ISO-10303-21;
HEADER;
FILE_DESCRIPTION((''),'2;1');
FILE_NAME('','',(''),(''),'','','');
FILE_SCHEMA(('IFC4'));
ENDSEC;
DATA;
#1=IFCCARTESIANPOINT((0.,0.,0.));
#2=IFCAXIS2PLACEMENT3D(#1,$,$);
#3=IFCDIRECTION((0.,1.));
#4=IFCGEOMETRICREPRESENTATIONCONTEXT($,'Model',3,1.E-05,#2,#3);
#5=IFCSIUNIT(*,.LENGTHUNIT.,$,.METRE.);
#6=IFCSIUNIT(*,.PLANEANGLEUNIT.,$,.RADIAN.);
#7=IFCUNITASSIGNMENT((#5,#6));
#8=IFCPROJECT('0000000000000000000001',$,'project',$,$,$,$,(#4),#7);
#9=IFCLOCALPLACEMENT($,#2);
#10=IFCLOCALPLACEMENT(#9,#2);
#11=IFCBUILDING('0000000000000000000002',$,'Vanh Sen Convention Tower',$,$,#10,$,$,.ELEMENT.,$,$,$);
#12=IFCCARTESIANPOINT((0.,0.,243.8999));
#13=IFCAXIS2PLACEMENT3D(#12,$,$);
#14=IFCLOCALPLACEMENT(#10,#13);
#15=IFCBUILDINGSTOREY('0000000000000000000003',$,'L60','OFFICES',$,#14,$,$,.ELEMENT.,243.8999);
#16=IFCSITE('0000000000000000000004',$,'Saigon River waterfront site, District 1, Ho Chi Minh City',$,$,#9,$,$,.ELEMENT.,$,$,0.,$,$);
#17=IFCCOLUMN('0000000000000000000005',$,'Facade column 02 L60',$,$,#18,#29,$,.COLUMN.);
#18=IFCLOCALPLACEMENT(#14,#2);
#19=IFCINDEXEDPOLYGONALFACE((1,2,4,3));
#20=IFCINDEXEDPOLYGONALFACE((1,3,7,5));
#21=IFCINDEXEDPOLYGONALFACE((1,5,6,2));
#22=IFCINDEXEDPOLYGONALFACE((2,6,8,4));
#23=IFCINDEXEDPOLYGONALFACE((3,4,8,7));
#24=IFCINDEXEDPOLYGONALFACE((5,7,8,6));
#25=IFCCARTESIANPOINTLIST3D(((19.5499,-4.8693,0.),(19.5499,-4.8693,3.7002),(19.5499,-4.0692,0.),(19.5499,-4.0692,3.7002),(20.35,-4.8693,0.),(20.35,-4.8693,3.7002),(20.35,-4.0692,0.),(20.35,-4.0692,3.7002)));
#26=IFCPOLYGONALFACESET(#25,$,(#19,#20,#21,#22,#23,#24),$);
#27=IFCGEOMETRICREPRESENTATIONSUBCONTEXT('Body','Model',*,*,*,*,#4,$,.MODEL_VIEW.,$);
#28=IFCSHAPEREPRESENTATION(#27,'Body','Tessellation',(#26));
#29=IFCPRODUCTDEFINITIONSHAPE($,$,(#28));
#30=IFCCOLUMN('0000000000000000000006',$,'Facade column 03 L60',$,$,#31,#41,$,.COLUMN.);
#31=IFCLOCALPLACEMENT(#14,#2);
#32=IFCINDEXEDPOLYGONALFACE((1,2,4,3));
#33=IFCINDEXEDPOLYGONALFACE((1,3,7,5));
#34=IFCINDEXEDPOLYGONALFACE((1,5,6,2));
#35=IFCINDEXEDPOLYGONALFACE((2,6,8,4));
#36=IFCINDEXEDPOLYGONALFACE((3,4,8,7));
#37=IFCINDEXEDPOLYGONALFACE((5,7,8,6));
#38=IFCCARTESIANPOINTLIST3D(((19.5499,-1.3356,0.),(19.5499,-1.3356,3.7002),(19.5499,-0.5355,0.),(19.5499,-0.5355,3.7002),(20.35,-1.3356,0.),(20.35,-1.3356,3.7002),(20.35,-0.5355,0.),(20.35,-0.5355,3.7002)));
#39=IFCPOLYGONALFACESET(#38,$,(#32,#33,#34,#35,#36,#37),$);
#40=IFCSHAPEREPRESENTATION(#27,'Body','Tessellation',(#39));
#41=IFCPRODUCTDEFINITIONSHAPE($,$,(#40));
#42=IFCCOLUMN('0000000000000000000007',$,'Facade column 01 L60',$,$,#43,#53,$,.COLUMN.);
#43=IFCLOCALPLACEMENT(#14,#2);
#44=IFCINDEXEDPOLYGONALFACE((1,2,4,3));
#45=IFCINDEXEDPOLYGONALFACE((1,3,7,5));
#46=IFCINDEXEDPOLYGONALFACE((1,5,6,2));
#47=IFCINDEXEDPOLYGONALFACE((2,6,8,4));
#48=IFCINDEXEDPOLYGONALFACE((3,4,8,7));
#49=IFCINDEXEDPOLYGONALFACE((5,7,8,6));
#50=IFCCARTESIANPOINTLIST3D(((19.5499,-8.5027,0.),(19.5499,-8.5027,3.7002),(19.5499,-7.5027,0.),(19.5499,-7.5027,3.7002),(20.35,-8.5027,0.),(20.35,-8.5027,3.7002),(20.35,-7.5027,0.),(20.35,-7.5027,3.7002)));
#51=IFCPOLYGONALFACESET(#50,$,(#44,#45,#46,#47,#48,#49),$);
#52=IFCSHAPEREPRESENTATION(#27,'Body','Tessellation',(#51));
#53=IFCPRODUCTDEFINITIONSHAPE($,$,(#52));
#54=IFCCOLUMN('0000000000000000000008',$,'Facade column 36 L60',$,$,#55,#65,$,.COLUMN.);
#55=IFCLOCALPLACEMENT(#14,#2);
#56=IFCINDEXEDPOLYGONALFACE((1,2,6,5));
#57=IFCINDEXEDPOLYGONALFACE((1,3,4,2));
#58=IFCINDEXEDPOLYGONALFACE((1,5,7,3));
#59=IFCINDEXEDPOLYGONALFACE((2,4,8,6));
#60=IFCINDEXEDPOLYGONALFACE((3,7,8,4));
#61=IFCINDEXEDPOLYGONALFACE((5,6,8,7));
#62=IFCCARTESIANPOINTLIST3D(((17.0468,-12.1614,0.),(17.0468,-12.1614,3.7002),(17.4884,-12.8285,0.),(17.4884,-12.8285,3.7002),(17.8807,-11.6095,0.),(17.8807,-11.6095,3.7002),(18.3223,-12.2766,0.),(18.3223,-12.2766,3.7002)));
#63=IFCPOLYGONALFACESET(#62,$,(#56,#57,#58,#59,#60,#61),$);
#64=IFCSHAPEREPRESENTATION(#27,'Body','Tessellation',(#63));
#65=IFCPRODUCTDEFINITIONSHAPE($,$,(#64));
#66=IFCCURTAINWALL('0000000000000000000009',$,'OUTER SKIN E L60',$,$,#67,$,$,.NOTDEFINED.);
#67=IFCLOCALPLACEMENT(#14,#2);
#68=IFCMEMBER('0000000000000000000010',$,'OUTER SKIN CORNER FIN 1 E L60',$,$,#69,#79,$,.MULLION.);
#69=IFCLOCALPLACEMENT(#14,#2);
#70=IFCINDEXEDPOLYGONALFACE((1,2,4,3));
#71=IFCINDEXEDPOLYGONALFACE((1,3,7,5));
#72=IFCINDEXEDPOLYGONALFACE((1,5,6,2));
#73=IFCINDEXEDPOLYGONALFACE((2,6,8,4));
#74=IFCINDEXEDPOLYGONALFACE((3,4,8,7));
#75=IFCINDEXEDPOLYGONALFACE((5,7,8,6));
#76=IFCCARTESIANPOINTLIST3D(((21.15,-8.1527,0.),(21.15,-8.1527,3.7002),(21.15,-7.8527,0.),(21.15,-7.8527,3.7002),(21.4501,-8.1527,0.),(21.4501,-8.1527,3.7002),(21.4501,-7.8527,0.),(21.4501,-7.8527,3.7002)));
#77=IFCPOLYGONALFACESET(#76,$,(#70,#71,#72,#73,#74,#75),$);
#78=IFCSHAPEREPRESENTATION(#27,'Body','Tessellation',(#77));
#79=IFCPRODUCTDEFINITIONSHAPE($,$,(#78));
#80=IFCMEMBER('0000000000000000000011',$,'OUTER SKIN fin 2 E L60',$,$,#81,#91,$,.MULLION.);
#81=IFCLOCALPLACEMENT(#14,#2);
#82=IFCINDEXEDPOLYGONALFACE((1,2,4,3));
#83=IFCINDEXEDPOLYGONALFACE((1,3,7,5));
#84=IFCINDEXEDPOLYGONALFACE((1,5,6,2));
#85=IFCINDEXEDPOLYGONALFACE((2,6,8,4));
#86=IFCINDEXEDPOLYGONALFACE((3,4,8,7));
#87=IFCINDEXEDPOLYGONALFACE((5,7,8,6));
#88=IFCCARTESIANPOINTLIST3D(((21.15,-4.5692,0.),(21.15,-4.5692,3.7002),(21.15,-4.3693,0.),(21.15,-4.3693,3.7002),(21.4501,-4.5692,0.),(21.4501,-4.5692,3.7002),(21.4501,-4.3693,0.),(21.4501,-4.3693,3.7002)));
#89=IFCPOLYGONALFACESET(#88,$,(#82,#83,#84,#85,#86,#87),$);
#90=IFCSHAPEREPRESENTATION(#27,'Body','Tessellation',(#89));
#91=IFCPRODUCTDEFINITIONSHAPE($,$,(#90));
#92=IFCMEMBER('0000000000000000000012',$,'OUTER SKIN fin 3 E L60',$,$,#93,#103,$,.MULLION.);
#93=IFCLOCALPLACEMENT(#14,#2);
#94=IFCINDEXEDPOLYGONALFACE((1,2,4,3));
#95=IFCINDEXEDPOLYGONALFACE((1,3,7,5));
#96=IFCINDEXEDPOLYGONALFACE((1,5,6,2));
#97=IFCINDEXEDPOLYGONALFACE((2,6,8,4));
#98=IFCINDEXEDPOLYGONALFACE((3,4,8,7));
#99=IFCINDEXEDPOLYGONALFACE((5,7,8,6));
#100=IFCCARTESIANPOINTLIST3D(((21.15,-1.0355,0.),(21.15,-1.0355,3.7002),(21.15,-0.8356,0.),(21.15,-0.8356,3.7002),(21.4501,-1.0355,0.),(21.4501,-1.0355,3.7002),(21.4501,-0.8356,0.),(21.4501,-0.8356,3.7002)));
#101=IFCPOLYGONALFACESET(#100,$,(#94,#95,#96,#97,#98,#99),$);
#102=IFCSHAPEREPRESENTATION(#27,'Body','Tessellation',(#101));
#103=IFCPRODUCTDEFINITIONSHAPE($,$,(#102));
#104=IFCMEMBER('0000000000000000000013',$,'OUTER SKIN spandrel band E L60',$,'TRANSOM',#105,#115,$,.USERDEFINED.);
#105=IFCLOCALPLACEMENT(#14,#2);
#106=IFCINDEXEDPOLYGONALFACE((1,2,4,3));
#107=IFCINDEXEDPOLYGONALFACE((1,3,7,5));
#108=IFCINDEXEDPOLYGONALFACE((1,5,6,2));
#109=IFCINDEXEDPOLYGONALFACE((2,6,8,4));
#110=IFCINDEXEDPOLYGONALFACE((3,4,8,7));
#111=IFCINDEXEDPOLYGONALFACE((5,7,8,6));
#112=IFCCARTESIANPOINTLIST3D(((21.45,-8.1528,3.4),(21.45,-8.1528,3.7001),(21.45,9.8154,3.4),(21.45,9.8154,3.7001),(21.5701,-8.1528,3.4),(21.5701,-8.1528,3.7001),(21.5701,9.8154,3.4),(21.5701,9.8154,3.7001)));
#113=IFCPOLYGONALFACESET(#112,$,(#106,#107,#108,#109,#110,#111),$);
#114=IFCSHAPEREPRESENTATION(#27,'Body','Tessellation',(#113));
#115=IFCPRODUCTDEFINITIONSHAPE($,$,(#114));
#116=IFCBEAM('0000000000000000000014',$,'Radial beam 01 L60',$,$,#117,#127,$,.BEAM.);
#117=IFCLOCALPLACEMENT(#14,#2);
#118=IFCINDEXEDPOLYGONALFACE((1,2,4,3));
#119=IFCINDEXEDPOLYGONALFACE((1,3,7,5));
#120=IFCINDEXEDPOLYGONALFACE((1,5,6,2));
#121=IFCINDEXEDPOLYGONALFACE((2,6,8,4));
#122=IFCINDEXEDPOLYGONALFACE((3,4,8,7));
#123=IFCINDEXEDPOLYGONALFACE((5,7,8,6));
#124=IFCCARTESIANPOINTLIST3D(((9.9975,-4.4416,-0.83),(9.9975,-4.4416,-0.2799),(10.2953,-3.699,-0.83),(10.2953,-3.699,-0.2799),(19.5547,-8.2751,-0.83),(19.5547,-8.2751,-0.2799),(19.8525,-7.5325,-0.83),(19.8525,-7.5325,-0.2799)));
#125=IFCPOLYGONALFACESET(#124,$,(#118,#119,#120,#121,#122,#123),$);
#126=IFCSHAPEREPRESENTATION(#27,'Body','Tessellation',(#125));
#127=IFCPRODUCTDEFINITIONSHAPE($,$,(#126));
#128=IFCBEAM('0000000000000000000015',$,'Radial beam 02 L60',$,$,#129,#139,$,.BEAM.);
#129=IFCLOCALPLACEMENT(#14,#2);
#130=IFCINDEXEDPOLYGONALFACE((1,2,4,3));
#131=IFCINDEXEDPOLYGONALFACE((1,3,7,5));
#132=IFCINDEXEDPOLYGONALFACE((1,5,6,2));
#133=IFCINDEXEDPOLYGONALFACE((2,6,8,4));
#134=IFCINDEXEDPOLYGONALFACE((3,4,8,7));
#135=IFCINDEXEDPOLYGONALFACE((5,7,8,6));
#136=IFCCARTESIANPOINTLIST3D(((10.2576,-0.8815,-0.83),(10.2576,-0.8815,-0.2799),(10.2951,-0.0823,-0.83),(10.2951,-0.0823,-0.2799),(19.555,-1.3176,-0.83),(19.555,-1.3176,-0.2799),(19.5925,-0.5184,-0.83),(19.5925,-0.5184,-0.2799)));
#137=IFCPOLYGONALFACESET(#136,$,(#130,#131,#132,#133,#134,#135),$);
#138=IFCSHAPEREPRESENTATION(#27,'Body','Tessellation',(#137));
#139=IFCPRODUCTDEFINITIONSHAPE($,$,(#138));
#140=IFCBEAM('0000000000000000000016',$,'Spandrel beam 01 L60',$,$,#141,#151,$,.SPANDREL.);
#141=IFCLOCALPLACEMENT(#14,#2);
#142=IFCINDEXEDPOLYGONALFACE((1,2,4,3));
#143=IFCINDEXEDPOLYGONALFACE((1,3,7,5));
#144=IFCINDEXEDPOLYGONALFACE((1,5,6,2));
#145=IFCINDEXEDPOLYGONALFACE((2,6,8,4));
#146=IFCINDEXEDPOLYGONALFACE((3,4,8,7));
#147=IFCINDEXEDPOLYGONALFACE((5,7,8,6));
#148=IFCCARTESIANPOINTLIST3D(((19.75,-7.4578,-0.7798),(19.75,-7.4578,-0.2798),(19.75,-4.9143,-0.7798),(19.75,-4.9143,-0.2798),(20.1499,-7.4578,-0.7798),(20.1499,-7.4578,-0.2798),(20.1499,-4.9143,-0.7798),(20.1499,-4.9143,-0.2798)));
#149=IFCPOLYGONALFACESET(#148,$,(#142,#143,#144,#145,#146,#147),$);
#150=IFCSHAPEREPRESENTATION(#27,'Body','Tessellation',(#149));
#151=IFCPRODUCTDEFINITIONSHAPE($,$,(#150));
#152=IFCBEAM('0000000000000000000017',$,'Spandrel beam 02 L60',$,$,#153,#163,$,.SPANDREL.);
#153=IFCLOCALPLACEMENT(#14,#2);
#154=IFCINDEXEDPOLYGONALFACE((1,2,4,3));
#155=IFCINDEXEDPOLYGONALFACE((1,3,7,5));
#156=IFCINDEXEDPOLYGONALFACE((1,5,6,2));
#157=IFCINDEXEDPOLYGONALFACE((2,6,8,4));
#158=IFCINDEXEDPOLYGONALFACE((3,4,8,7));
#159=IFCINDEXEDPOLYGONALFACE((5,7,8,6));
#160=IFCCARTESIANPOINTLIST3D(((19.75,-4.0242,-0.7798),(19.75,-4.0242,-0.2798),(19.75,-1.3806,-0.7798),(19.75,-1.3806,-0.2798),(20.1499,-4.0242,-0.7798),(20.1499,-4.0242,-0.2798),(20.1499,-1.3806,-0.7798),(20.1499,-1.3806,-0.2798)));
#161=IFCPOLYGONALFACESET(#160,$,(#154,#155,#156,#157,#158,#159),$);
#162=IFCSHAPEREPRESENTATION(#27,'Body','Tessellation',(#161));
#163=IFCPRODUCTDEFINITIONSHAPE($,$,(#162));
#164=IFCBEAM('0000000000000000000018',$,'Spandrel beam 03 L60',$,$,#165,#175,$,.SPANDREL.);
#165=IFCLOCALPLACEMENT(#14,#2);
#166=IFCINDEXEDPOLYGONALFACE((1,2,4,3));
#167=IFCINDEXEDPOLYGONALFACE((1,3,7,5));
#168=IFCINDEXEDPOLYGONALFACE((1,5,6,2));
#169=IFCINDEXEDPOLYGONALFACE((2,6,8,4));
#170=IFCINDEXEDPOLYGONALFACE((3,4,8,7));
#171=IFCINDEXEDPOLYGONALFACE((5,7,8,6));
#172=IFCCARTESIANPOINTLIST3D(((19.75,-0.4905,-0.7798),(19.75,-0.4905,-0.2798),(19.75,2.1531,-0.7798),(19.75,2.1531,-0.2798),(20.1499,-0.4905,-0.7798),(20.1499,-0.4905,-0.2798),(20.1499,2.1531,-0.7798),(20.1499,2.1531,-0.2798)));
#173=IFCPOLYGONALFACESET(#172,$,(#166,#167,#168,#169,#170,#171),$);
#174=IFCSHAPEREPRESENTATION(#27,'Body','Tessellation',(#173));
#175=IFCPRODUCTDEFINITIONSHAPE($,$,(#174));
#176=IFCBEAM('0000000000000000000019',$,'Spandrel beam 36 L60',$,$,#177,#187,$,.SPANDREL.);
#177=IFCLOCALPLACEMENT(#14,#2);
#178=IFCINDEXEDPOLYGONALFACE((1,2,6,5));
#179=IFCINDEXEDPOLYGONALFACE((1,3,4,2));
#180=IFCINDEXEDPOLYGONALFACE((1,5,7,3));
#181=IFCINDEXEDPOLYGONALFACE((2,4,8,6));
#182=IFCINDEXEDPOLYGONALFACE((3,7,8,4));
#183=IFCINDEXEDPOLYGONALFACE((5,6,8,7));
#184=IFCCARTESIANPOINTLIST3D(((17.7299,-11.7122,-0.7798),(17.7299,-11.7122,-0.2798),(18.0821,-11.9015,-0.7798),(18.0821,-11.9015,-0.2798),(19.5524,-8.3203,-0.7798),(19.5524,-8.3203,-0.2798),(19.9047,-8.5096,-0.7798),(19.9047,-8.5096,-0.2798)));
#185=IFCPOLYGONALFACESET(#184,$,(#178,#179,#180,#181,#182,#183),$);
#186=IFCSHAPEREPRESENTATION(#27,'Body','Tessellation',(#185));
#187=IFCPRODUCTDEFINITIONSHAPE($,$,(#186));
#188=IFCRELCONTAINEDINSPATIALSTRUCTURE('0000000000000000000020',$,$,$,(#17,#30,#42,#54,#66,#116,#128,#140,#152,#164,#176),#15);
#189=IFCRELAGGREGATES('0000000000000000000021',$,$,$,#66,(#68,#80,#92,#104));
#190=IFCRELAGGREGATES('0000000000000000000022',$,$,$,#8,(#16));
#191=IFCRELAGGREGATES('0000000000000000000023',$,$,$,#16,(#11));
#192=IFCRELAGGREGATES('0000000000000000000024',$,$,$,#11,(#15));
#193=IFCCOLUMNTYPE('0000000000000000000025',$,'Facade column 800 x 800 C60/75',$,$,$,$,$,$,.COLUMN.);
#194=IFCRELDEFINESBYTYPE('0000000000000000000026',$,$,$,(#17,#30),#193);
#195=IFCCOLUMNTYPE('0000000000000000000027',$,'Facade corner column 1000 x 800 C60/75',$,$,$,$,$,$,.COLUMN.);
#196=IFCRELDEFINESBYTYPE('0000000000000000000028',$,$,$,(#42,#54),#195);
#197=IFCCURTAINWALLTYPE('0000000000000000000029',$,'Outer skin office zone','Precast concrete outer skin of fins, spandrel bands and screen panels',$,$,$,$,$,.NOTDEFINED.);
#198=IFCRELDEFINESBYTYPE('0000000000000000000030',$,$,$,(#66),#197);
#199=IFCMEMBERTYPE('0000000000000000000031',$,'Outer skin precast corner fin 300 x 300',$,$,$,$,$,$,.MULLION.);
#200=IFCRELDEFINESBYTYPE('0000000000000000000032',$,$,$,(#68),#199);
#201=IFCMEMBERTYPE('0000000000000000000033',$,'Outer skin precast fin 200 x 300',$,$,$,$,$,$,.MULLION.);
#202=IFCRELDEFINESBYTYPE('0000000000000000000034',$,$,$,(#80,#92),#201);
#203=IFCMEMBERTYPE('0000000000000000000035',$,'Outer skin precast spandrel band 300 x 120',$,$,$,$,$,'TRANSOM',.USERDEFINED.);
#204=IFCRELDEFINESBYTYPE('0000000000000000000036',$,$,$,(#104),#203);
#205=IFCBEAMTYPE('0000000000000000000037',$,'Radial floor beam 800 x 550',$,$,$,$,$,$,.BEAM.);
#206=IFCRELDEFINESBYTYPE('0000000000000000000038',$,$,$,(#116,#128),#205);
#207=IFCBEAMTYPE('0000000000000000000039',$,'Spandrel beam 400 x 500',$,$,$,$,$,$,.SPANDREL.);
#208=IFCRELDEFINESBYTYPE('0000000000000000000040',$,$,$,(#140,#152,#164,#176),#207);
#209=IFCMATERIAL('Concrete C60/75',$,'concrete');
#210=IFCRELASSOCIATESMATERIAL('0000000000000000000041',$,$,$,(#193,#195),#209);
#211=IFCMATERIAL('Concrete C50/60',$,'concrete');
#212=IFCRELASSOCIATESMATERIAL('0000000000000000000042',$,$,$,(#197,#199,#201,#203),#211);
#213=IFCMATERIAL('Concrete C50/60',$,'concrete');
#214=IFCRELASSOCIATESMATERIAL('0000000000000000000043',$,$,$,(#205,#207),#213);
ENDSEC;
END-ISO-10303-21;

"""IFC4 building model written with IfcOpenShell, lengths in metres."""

from ifc_helpers import new_model, si_unit, direction, frame, origin, origin_2d, place, context, subcontext, project, spatial, rectangle, extrude, material, material_profile, profile_set, type_object, element, aggregate, save


model = new_model("IFC4")

# Units and contexts
model_context = context("Model", 3, precision=1e-05, world=origin(), true_north=direction((0.0, 1.0)))
body_context = subcontext(model_context, "Body", "Model", "MODEL_VIEW")
ifc_project = project(units=[si_unit("LENGTHUNIT", "METRE"), si_unit("PLANEANGLEUNIT", "RADIAN")], contexts=[model_context])

# Site, building, storey
site_placement = place(None, origin())
site = spatial("IfcSite", under=ifc_project, at=site_placement, Name="Saigon River waterfront site, District 1, Ho Chi Minh City", CompositionType="ELEMENT", RefElevation=0.0)
building_placement = place(site_placement, origin())
building = spatial("IfcBuilding", under=site, at=building_placement, Name="Vanh Sen Convention Tower", CompositionType="ELEMENT")
storey_placement = place(building_placement, frame((0.0, 0.0, 243.8999)))
storey = spatial("IfcBuildingStorey", under=building, at=storey_placement, Name="L60", Description="OFFICES", CompositionType="ELEMENT", Elevation=243.8999)

# Columns
ifc_material_1 = material(Name="Concrete C60/75", Category="concrete")
ifc_material_profile_1 = material_profile(ifc_material_1, rectangle(XDim=0.8, YDim=0.8, at=origin_2d()), Name="RC 800X800")
ifc_profile_set_1 = profile_set([ifc_material_profile_1], Name="Concrete C60/75")
column_type_1 = type_object("IfcColumnType", Name="Facade column 800 x 800 C60/75", PredefinedType="COLUMN", material=ifc_profile_set_1)
for number, where, z_axis, x_axis, name in (
    (1, (19.95, -4.4692, 0.0), (0.0, 0.0, 1.0), (0.0, 1.0, 0.0), "Facade column 02 L60"),
    (2, (19.95, -0.9355, 0.0), (0.0, 0.0, 1.0), (0.0, 1.0, 0.0), "Facade column 03 L60"),
):
    element("IfcColumn", number, at=place(storey_placement, frame(where, z_axis=z_axis, x_axis=x_axis)), inside=storey, type_object=column_type_1, Name=name, PredefinedType="COLUMN", context=body_context, shape_type="SweptSolid", body=[
        extrude(rectangle(XDim=0.8, YDim=0.8, at=origin_2d()), origin(), (0.0, 0.0, 1.0), 3.7002),
    ])
ifc_material_profile_2 = material_profile(ifc_material_1, rectangle(XDim=1.0, YDim=0.8, at=origin_2d()), Name="RC 1000X800")
ifc_profile_set_2 = profile_set([ifc_material_profile_2], Name="Concrete C60/75")
column_type_2 = type_object("IfcColumnType", Name="Facade corner column 1000 x 800 C60/75", PredefinedType="COLUMN", material=ifc_profile_set_2)
for number, where, z_axis, x_axis, name in (
    (3, (19.95, -8.0027, 0.0), (0.0, 0.0, 1.0), (0.0, 1.0, 0.0), "Facade column 01 L60"),
    (4, (17.6846, -12.219, 0.0), (0.0, 0.0, 1.0), (0.833886, 0.551937, 0.0), "Facade column 36 L60"),
):
    element("IfcColumn", number, at=place(storey_placement, frame(where, z_axis=z_axis, x_axis=x_axis)), inside=storey, type_object=column_type_2, Name=name, PredefinedType="COLUMN", context=body_context, shape_type="SweptSolid", body=[
        extrude(rectangle(XDim=1.0, YDim=0.8, at=origin_2d()), origin(), (0.0, 0.0, 1.0), 3.7002),
    ])

# Curtain wall, members
ifc_material_2 = material(Name="Concrete C50/60", Category="concrete")
curtain_wall_type = type_object("IfcCurtainWallType", Name="Outer skin office zone", Description="Precast concrete outer skin of fins, spandrel bands and screen panels", PredefinedType="NOTDEFINED", material=ifc_material_2)
curtain_wall_1_placement = place(storey_placement, origin())
curtain_wall_1 = element("IfcCurtainWall", 5, at=curtain_wall_1_placement, inside=storey, type_object=curtain_wall_type, Name="OUTER SKIN E L60", PredefinedType="NOTDEFINED")
ifc_material_profile_3 = material_profile(ifc_material_2, rectangle(XDim=0.3, YDim=0.3, at=origin_2d()), Name="Outer skin precast corner fin 300 x 300")
ifc_profile_set_3 = profile_set([ifc_material_profile_3], Name="Concrete C50/60")
member_type_1 = type_object("IfcMemberType", Name="Outer skin precast corner fin 300 x 300", PredefinedType="MULLION", material=ifc_profile_set_3)
member_1_placement = place(storey_placement, frame((21.3, -8.0027, 0.0), z_axis=(0.0, 0.0, 1.0), x_axis=(0.0, 1.0, 0.0)))
member_1 = element("IfcMember", 6, at=member_1_placement, type_object=member_type_1, Name="OUTER SKIN CORNER FIN 1 E L60", PredefinedType="MULLION", context=body_context, shape_type="SweptSolid", body=[
    extrude(rectangle(XDim=0.3, YDim=0.3, at=origin_2d()), origin(), (0.0, 0.0, 1.0), 3.7002),
])
ifc_material_profile_4 = material_profile(ifc_material_2, rectangle(XDim=0.2, YDim=0.3, at=origin_2d()), Name="Outer skin precast fin 200 x 300")
ifc_profile_set_4 = profile_set([ifc_material_profile_4], Name="Concrete C50/60")
member_type_2 = type_object("IfcMemberType", Name="Outer skin precast fin 200 x 300", PredefinedType="MULLION", material=ifc_profile_set_4)
member_2_placement = place(storey_placement, frame((21.3, -4.4692, 0.0), z_axis=(0.0, 0.0, 1.0), x_axis=(0.0, 1.0, 0.0)))
member_2 = element("IfcMember", 7, at=member_2_placement, type_object=member_type_2, Name="OUTER SKIN fin 2 E L60", PredefinedType="MULLION", context=body_context, shape_type="SweptSolid", body=[
    extrude(rectangle(XDim=0.2, YDim=0.3, at=origin_2d()), origin(), (0.0, 0.0, 1.0), 3.7002),
])
member_3_placement = place(storey_placement, frame((21.3, -0.9355, 0.0), z_axis=(0.0, 0.0, 1.0), x_axis=(0.0, 1.0, 0.0)))
member_3 = element("IfcMember", 8, at=member_3_placement, type_object=member_type_2, Name="OUTER SKIN fin 3 E L60", PredefinedType="MULLION", context=body_context, shape_type="SweptSolid", body=[
    extrude(rectangle(XDim=0.2, YDim=0.3, at=origin_2d()), origin(), (0.0, 0.0, 1.0), 3.7002),
])
ifc_material_profile_5 = material_profile(ifc_material_2, rectangle(XDim=0.1201, YDim=0.3, at=origin_2d()), Name="Outer skin precast spandrel band 300 x 120")
ifc_profile_set_5 = profile_set([ifc_material_profile_5], Name="Concrete C50/60")
member_type_3 = type_object("IfcMemberType", Name="Outer skin precast spandrel band 300 x 120", ElementType="TRANSOM", PredefinedType="USERDEFINED", material=ifc_profile_set_5)
member_4_placement = place(storey_placement, frame((21.51, -8.1528, 3.55), z_axis=(0.0, 1.0, 0.0), x_axis=(-1.0, 0.0, 0.0)))
member_4 = element("IfcMember", 9, at=member_4_placement, type_object=member_type_3, Name="OUTER SKIN spandrel band E L60", ObjectType="TRANSOM", PredefinedType="USERDEFINED", context=body_context, shape_type="SweptSolid", body=[
    extrude(rectangle(XDim=0.1201, YDim=0.3, at=origin_2d()), origin(), (0.0, 0.0, 1.0), 17.9683),
])

# Beams
ifc_material_3 = material(Name="Concrete C50/60", Category="concrete")
ifc_material_profile_6 = material_profile(ifc_material_3, rectangle(XDim=0.8, YDim=0.55, at=origin_2d()), Name="RC 800X550")
ifc_profile_set_6 = profile_set([ifc_material_profile_6], Name="Concrete C50/60")
beam_type_1 = type_object("IfcBeamType", Name="Radial floor beam 800 x 550", PredefinedType="BEAM", material=ifc_profile_set_6)
beam_1_placement = place(storey_placement, frame((19.7036, -7.9038, -0.5549), z_axis=(-0.92812, 0.372282, 0.0), x_axis=(-0.372282, -0.92812, 0.0)))
element("IfcBeam", 10, at=beam_1_placement, inside=storey, type_object=beam_type_1, Name="Radial beam 01 L60", PredefinedType="BEAM", context=body_context, shape_type="SweptSolid", body=[
    extrude(rectangle(XDim=0.8, YDim=0.55, at=origin_2d()), origin(), (0.0, 0.0, 1.0), 10.2974),
])
beam_2_placement = place(storey_placement, frame((19.5737, -0.918, -0.5549), z_axis=(-0.998902, 0.046847, 0.0), x_axis=(-0.046847, -0.998902, 0.0)))
element("IfcBeam", 11, at=beam_2_placement, inside=storey, type_object=beam_type_1, Name="Radial beam 02 L60", PredefinedType="BEAM", context=body_context, shape_type="SweptSolid", body=[
    extrude(rectangle(XDim=0.8, YDim=0.55, at=origin_2d()), origin(), (0.0, 0.0, 1.0), 9.3076),
])
ifc_material_profile_7 = material_profile(ifc_material_3, rectangle(XDim=0.3999, YDim=0.5, at=origin_2d()), Name="RC 400X500")
ifc_profile_set_7 = profile_set([ifc_material_profile_7], Name="Concrete C50/60")
beam_type_2 = type_object("IfcBeamType", Name="Spandrel beam 400 x 500", PredefinedType="SPANDREL", material=ifc_profile_set_7)
beam_3_placement = place(storey_placement, frame((19.95, -7.4578, -0.5298), z_axis=(0.0, 1.0, 0.0), x_axis=(-1.0, 0.0, 0.0)))
element("IfcBeam", 12, at=beam_3_placement, inside=storey, type_object=beam_type_2, Name="Spandrel beam 01 L60", PredefinedType="SPANDREL", context=body_context, shape_type="SweptSolid", body=[
    extrude(rectangle(XDim=0.3999, YDim=0.5, at=origin_2d()), origin(), (0.0, 0.0, 1.0), 2.5435),
])
for number, where, z_axis, x_axis, name in (
    (13, (19.95, -4.0242, -0.5298), (0.0, 1.0, 0.0), (-1.0, 0.0, 0.0), "Spandrel beam 02 L60"),
    (14, (19.95, -0.4905, -0.5298), (0.0, 1.0, 0.0), (-1.0, 0.0, 0.0), "Spandrel beam 03 L60"),
):
    element("IfcBeam", number, at=place(storey_placement, frame(where, z_axis=z_axis, x_axis=x_axis)), inside=storey, type_object=beam_type_2, Name=name, PredefinedType="SPANDREL", context=body_context, shape_type="SweptSolid", body=[
        extrude(rectangle(XDim=0.3999, YDim=0.5, at=origin_2d()), origin(), (0.0, 0.0, 1.0), 2.6436),
    ])
beam_4_placement = place(storey_placement, frame((17.906, -11.8069, -0.5298), z_axis=(0.473321, 0.88089, 0.0), x_axis=(-0.88089, 0.473321, 0.0)))
element("IfcBeam", 15, at=beam_4_placement, inside=storey, type_object=beam_type_2, Name="Spandrel beam 36 L60", PredefinedType="SPANDREL", context=body_context, shape_type="SweptSolid", body=[
    extrude(rectangle(XDim=0.3999, YDim=0.5, at=origin_2d()), origin(), (0.0, 0.0, 1.0), 3.8506),
])

aggregate(curtain_wall_1, [member_1, member_2, member_3, member_4])

save(model, "model.ifc")
